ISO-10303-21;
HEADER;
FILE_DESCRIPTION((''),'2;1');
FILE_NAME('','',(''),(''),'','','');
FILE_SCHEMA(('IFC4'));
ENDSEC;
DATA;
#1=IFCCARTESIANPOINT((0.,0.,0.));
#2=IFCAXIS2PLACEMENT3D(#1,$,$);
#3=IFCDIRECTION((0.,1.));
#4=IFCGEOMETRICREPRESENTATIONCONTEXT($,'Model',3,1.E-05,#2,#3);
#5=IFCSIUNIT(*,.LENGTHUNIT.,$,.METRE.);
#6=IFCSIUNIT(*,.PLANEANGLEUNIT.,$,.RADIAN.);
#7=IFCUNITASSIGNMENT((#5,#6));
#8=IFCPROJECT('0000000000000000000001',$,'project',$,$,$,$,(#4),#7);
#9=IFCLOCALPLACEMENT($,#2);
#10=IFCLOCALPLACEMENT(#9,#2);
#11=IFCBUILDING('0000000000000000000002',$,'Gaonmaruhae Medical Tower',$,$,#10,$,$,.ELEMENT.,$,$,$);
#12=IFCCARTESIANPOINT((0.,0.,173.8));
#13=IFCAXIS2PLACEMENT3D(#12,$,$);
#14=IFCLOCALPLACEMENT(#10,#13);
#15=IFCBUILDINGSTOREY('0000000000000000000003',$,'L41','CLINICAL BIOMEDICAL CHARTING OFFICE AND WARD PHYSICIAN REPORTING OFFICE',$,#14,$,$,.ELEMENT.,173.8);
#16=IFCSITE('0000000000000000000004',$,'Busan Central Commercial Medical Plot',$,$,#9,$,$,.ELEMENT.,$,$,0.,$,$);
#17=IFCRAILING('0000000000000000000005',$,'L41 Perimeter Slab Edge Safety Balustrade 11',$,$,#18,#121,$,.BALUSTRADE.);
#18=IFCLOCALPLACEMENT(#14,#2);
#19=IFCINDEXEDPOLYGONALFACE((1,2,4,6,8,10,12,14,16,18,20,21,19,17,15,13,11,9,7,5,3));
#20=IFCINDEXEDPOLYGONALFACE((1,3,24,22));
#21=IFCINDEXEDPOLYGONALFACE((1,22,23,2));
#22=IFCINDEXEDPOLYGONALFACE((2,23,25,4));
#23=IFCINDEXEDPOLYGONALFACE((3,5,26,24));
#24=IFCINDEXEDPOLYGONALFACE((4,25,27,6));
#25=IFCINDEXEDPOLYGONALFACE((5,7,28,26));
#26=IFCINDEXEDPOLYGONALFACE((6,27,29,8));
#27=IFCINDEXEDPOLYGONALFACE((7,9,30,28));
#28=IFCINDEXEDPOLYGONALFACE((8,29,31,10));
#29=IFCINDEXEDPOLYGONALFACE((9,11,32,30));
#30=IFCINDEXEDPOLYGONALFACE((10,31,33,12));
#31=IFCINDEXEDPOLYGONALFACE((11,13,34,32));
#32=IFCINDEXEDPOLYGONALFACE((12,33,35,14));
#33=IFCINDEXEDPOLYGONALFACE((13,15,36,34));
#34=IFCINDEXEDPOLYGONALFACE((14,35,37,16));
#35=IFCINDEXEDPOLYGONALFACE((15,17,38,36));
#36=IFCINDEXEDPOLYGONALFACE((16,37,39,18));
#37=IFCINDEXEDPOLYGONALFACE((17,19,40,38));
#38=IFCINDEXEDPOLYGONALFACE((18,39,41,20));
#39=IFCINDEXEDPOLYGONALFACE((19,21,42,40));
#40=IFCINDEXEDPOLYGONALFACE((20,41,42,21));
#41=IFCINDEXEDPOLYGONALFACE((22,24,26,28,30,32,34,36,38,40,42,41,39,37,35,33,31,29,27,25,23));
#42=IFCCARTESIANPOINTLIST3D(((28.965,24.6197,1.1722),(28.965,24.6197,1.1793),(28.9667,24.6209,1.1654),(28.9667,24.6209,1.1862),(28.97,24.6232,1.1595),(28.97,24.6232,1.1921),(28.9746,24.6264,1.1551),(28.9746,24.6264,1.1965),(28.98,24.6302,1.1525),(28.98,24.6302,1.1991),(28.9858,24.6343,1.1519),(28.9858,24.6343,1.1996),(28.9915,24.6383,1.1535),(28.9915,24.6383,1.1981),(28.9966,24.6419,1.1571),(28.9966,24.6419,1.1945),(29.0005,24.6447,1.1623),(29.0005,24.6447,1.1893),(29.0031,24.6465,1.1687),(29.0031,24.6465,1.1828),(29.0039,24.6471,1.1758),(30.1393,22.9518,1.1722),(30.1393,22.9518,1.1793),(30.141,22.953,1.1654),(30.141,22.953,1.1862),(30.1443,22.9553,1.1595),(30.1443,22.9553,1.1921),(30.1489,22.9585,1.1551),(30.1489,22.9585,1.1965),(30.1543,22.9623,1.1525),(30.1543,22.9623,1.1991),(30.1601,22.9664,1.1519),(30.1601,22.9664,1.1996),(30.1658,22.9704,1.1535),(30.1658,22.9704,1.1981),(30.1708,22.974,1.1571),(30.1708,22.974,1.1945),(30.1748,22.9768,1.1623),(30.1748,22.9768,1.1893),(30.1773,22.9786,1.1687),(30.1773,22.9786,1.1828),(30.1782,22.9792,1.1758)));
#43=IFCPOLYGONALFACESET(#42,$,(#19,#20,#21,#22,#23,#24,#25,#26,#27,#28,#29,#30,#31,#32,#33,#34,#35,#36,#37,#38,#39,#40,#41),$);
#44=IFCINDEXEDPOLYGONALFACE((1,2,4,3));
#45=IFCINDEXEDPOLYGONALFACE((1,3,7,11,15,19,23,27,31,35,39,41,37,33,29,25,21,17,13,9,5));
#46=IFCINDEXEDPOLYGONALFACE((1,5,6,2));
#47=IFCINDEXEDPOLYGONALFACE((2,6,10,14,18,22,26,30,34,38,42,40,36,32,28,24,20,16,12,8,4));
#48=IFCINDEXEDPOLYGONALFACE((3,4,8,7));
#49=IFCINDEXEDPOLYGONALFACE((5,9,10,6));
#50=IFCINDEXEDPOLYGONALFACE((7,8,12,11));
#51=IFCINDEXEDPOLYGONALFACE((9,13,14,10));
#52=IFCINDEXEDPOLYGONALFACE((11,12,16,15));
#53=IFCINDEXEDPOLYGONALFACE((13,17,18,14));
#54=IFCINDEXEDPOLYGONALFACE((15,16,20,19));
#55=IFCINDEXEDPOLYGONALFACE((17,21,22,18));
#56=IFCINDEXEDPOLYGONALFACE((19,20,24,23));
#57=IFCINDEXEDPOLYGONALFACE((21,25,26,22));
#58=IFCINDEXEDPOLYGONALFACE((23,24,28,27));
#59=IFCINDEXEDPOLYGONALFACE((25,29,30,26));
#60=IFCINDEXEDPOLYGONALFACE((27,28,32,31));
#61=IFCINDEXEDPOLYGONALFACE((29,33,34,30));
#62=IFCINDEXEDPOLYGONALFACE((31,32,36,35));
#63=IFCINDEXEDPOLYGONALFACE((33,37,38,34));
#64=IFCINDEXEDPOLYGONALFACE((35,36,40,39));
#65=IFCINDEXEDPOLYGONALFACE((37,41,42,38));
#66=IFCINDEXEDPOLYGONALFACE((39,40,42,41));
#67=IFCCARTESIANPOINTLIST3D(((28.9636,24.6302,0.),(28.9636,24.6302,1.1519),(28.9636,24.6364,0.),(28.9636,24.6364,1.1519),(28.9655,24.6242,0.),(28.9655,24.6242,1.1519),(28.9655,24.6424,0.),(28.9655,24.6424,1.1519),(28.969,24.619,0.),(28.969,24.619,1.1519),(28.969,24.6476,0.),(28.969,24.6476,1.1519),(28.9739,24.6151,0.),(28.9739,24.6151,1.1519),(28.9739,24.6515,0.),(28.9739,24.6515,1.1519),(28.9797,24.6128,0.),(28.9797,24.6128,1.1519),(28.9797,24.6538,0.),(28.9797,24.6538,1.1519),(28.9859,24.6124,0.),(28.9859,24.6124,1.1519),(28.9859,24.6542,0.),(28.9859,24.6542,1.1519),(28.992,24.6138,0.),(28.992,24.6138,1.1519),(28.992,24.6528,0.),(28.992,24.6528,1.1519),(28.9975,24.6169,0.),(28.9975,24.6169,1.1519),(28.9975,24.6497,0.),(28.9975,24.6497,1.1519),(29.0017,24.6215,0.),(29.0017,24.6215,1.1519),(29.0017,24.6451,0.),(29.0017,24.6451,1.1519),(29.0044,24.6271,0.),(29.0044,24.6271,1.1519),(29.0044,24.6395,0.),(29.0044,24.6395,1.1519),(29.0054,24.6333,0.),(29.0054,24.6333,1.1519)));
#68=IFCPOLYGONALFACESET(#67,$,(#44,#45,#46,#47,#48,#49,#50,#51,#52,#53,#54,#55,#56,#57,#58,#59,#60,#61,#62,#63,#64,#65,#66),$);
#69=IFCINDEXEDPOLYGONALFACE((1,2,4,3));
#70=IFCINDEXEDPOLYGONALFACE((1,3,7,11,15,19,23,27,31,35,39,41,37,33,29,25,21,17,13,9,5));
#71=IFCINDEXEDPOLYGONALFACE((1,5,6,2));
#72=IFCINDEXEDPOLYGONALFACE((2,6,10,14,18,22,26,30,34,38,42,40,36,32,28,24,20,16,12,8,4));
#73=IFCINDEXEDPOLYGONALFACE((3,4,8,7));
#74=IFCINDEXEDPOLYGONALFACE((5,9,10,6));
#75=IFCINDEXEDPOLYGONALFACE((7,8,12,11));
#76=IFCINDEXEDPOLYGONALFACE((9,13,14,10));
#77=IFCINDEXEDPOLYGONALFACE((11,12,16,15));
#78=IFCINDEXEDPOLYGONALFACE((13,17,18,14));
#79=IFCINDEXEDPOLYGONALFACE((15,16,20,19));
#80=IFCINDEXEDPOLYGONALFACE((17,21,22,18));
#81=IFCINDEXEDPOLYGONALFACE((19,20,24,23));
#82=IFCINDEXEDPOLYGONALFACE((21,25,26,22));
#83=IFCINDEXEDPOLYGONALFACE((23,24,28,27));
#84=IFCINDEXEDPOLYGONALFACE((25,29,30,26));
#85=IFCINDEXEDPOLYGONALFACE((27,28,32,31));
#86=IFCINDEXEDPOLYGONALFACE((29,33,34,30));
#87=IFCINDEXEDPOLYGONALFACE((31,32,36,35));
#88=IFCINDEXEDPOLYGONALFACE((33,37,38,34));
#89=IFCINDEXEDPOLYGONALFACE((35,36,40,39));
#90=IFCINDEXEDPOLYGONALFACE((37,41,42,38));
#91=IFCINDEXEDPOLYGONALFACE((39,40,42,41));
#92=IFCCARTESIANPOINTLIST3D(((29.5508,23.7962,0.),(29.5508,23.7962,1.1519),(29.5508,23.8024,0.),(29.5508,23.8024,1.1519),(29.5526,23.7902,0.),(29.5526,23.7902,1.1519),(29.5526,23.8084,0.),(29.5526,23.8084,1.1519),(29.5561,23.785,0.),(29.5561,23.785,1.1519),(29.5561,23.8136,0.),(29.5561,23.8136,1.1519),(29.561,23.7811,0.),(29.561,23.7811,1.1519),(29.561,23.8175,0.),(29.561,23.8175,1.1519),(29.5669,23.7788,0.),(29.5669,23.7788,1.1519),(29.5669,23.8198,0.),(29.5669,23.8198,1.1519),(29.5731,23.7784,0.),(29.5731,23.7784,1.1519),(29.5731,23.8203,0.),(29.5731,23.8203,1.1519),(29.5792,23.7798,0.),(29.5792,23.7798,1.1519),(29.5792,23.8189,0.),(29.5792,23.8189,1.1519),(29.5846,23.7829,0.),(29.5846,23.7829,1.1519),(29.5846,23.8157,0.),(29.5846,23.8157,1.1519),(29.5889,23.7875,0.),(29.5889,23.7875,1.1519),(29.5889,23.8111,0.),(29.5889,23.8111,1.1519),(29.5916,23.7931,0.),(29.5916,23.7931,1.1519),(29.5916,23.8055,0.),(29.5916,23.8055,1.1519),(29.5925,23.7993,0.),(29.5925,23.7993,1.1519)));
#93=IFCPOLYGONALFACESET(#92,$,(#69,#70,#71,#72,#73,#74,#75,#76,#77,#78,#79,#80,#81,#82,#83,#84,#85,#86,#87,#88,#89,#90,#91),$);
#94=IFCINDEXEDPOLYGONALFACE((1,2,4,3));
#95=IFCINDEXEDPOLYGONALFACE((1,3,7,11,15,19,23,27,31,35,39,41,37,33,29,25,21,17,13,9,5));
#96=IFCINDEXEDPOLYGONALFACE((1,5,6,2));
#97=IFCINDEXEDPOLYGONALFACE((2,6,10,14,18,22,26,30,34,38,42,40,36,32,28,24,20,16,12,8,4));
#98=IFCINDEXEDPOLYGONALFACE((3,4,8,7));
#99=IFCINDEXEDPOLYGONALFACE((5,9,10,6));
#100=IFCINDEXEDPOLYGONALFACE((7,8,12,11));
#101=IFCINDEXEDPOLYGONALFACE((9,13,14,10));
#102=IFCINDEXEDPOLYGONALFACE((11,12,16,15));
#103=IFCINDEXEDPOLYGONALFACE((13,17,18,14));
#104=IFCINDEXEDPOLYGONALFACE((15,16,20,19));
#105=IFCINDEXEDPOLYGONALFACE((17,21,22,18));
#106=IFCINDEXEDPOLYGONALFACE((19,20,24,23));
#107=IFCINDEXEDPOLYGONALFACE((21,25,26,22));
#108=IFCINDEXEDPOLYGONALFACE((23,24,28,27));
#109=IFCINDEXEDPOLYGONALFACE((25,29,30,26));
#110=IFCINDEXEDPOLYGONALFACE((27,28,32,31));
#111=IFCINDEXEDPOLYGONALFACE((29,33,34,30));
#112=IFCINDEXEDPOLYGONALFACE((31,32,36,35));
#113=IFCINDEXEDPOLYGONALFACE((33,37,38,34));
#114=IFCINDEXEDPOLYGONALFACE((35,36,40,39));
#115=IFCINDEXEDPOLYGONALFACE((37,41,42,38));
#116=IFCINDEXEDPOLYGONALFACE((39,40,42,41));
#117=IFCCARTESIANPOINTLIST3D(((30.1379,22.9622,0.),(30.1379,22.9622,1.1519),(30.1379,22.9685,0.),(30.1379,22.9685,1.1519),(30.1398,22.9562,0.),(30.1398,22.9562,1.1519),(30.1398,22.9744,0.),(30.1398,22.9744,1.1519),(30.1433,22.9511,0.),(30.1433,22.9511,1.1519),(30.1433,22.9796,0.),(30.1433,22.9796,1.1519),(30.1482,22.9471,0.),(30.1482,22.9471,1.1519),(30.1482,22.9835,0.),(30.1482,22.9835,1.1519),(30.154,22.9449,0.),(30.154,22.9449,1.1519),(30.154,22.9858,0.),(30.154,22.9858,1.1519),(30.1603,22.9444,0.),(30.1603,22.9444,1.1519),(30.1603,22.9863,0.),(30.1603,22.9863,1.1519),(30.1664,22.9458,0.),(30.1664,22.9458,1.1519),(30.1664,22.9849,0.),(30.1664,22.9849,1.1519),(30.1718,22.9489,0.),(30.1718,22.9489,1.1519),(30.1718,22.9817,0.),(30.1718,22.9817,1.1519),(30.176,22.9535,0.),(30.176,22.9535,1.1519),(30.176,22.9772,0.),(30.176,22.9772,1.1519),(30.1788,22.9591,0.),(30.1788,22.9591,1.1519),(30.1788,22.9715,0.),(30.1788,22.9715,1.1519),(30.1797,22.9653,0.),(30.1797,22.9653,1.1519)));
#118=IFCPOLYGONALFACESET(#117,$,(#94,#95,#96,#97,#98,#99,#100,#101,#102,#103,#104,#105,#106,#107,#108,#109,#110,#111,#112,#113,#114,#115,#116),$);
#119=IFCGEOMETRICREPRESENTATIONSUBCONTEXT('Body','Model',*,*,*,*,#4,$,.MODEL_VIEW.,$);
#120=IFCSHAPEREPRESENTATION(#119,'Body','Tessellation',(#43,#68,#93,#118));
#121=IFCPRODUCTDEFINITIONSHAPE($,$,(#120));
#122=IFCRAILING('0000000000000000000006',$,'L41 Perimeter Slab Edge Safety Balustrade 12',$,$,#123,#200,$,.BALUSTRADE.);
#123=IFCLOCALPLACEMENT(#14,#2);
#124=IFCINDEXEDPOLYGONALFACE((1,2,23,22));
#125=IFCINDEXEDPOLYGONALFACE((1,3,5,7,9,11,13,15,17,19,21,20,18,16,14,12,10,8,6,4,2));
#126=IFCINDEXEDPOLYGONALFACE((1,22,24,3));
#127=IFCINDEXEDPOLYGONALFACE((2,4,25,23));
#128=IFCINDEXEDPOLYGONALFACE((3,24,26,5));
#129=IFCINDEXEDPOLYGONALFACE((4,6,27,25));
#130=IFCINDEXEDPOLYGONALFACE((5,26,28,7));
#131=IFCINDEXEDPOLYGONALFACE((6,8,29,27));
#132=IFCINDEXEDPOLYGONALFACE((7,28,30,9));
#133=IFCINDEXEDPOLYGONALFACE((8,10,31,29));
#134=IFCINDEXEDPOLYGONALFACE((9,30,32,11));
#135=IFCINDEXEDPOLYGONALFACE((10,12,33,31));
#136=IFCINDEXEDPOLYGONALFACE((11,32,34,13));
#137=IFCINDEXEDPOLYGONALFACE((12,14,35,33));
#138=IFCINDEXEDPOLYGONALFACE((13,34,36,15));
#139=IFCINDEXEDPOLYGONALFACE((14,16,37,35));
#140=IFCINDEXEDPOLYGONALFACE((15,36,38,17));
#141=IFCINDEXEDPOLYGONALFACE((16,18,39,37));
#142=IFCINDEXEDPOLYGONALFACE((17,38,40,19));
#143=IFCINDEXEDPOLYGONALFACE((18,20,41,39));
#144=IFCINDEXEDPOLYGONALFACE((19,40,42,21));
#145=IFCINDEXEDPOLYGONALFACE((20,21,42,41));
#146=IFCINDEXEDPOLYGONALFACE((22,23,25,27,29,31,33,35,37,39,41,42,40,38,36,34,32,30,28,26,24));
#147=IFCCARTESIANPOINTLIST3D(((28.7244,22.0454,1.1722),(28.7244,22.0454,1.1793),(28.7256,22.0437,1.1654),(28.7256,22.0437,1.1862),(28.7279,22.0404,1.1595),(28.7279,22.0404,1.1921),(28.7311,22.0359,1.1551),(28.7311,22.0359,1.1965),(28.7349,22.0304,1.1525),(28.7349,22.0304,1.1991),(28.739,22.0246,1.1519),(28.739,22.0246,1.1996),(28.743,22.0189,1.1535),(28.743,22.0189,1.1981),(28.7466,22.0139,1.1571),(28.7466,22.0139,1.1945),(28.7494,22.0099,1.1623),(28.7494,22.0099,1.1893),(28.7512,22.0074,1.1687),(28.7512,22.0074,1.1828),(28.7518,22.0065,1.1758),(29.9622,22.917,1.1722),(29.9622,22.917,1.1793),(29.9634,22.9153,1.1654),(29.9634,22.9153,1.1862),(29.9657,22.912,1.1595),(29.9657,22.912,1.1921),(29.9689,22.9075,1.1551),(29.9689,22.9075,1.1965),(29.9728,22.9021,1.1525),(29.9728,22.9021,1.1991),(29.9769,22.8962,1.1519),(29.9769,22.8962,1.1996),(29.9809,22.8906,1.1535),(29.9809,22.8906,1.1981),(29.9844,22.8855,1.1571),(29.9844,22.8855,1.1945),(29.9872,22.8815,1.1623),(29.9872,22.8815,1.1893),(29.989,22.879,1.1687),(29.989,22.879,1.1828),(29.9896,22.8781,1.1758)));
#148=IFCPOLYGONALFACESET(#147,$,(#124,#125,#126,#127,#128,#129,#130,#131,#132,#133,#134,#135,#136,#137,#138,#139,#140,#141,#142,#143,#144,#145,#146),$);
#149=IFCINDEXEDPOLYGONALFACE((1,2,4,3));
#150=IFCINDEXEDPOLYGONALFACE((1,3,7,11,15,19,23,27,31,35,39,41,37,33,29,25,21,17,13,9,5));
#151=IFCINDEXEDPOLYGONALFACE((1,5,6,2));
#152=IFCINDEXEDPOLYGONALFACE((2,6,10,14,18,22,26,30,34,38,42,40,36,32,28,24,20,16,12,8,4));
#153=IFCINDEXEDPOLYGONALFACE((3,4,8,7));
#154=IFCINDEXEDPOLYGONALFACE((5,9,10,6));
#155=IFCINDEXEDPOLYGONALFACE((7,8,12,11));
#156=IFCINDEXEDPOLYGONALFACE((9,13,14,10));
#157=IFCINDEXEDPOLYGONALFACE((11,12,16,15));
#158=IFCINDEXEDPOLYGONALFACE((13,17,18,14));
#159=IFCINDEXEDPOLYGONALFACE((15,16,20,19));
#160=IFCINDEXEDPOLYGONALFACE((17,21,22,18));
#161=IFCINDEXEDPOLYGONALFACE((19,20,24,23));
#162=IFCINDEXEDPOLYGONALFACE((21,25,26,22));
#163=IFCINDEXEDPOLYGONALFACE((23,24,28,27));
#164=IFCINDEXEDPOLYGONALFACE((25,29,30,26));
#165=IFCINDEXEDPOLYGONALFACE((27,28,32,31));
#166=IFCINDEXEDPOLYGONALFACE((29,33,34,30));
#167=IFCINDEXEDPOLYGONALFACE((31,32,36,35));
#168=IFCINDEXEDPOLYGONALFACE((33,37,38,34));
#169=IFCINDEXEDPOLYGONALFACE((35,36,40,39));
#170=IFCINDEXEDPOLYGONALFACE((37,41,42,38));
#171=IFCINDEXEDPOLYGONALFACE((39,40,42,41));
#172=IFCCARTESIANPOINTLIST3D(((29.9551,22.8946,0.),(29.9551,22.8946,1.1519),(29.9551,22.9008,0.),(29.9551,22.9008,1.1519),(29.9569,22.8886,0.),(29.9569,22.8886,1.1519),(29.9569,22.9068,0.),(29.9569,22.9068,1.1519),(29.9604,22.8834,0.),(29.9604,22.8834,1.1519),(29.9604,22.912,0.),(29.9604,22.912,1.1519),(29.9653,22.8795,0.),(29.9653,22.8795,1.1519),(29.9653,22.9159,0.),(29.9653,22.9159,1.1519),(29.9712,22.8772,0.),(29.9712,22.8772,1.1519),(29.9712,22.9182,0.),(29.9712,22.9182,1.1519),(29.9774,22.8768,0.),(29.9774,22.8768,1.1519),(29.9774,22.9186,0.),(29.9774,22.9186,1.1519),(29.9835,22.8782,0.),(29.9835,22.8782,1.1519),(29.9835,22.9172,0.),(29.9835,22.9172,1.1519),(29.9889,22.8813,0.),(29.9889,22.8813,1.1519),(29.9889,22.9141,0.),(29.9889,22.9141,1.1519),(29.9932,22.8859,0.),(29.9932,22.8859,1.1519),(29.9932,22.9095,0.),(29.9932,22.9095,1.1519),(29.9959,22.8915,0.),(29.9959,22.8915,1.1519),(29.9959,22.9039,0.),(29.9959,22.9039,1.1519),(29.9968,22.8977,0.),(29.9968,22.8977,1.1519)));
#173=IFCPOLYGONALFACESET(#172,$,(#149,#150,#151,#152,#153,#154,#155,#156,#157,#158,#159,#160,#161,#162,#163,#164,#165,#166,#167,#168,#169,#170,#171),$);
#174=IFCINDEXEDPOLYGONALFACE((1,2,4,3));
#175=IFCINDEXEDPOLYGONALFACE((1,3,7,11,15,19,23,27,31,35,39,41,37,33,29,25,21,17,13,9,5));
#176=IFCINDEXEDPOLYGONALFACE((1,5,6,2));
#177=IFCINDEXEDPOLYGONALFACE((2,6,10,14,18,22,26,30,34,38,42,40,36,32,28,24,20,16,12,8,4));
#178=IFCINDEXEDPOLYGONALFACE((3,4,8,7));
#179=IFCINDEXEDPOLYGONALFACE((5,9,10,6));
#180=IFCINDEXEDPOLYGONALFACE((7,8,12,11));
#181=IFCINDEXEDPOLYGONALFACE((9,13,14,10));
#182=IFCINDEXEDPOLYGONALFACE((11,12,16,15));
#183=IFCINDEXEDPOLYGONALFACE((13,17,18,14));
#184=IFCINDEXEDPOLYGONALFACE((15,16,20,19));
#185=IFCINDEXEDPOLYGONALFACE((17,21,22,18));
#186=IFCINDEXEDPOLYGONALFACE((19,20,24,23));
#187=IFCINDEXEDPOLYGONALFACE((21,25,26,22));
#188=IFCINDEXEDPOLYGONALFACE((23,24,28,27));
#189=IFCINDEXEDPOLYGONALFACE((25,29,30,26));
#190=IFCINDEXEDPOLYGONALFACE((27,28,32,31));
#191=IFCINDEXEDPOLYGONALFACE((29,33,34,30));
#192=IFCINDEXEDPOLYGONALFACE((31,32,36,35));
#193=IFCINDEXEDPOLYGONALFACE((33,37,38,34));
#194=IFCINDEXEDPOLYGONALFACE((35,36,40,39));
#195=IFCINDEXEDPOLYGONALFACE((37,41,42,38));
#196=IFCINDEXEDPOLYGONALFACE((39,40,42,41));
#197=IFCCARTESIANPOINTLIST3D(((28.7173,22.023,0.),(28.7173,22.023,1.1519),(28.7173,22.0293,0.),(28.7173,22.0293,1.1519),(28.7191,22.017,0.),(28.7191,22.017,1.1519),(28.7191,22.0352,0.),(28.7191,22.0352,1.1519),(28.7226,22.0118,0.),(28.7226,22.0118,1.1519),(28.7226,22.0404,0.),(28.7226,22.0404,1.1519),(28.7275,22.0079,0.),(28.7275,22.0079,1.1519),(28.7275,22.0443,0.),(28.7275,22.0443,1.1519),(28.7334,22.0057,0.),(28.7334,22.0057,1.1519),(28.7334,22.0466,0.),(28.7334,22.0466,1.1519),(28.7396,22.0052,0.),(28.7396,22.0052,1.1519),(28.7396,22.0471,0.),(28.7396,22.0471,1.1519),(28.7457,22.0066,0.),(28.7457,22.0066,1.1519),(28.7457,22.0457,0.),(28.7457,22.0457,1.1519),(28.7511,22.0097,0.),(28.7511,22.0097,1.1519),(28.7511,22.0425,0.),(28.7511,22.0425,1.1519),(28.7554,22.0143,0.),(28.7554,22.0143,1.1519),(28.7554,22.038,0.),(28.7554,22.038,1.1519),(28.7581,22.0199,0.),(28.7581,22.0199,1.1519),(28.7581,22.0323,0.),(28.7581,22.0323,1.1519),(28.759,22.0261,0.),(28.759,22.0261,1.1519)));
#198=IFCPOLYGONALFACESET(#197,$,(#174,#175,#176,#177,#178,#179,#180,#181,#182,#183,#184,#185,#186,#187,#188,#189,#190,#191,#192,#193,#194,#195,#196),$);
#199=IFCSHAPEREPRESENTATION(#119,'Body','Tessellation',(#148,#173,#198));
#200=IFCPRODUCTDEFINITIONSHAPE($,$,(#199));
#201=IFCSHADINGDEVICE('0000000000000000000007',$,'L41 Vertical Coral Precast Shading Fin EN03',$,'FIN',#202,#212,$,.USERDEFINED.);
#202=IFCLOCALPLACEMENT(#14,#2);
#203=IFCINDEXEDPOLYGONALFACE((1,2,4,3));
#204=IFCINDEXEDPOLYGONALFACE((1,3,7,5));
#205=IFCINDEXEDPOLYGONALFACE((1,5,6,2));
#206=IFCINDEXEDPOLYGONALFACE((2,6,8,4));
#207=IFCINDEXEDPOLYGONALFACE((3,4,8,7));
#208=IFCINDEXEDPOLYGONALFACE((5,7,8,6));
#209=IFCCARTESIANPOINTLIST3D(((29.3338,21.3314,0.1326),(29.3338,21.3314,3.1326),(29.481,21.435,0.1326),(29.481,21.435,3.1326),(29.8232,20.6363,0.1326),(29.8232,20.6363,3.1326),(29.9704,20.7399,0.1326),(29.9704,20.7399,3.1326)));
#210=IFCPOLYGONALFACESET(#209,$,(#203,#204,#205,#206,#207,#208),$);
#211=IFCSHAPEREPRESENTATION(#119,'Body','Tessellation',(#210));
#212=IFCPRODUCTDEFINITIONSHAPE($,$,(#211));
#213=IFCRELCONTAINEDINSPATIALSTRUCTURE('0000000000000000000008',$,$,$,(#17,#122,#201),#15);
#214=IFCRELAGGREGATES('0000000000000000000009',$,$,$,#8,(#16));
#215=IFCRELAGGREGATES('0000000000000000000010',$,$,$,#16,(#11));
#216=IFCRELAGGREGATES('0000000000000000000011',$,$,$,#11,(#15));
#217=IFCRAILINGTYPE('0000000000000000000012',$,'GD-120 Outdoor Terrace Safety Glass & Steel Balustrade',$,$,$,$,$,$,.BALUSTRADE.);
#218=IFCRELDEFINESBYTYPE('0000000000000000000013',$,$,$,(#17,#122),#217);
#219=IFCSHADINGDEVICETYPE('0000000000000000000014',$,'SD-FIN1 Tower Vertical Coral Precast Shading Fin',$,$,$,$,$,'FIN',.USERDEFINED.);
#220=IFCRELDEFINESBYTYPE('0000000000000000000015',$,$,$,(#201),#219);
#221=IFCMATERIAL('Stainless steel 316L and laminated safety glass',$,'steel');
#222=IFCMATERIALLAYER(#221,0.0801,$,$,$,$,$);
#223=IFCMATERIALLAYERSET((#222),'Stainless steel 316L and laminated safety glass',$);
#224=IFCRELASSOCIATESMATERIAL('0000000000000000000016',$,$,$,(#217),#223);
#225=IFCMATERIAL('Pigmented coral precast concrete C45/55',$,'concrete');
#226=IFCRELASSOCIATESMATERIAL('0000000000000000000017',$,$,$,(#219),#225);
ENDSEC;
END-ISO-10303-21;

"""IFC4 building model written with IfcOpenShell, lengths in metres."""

from ifc_helpers import new_model, si_unit, direction, frame, origin, origin_2d, place, context, subcontext, project, spatial, rectangle, circle, extrude, material, layer, layer_set, type_object, element, save


model = new_model("IFC4")

# Units and contexts
model_context = context("Model", 3, precision=1e-05, world=origin(), true_north=direction((0.0, 1.0)))
body_context = subcontext(model_context, "Body", "Model", "MODEL_VIEW")
ifc_project = project(units=[si_unit("LENGTHUNIT", "METRE"), si_unit("PLANEANGLEUNIT", "RADIAN")], contexts=[model_context])

# Site, building, storey
site_placement = place(None, origin())
site = spatial("IfcSite", under=ifc_project, at=site_placement, Name="Busan Central Commercial Medical Plot", CompositionType="ELEMENT", RefElevation=0.0)
building_placement = place(site_placement, origin())
building = spatial("IfcBuilding", under=site, at=building_placement, Name="Gaonmaruhae Medical Tower", CompositionType="ELEMENT")
storey_placement = place(building_placement, frame((0.0, 0.0, 173.8)))
storey = spatial("IfcBuildingStorey", under=building, at=storey_placement, Name="L41", Description="CLINICAL BIOMEDICAL CHARTING OFFICE AND WARD PHYSICIAN REPORTING OFFICE", CompositionType="ELEMENT", Elevation=173.8)

# Railings
ifc_material_1 = material(Name="Stainless steel 316L and laminated safety glass", Category="steel")
ifc_layer_1 = layer(ifc_material_1, 0.0801)
ifc_layer_set_1 = layer_set([ifc_layer_1], Name="Stainless steel 316L and laminated safety glass")
railing_type = type_object("IfcRailingType", Name="GD-120 Outdoor Terrace Safety Glass & Steel Balustrade", PredefinedType="BALUSTRADE", material=ifc_layer_set_1)
railing_1_placement = place(storey_placement, frame((28.9844, 24.6333, 0.0)))
element("IfcRailing", 1, at=railing_1_placement, inside=storey, type_object=railing_type, Name="L41 Perimeter Slab Edge Safety Balustrade 11", PredefinedType="BALUSTRADE", context=body_context, shape_type="SweptSolid", body=[
    extrude(circle(Radius=0.0239, at=origin_2d()), frame((0.0, 0.0, 1.1758), z_axis=(0.575677, -0.817677, 0.0), x_axis=(0.817677, 0.575677, 0.0)), (0.0, 0.0, 1.0), 2.0398),
    extrude(circle(Radius=0.021, at=origin_2d()), origin(), (0.0, 0.0, 1.0), 1.1519),
    extrude(circle(Radius=0.021, at=origin_2d()), frame((0.5872, -0.834, 0.0)), (0.0, 0.0, 1.0), 1.1519),
    extrude(circle(Radius=0.021, at=origin_2d()), frame((1.1743, -1.668, 0.0)), (0.0, 0.0, 1.0), 1.1519),
])
railing_2_placement = place(storey_placement, frame((29.9758, 22.8977, 0.0)))
element("IfcRailing", 2, at=railing_2_placement, inside=storey, type_object=railing_type, Name="L41 Perimeter Slab Edge Safety Balustrade 12", PredefinedType="BALUSTRADE", context=body_context, shape_type="SweptSolid", body=[
    extrude(circle(Radius=0.0239, at=origin_2d()), frame((0.0, 0.0, 1.1758), z_axis=(-0.817638, -0.575733, 0.0), x_axis=(0.575733, -0.817638, 0.0)), (0.0, 0.0, 1.0), 1.5139),
    extrude(circle(Radius=0.021, at=origin_2d()), origin(), (0.0, 0.0, 1.0), 1.1519),
    extrude(circle(Radius=0.021, at=origin_2d()), frame((-1.2378, -0.8716, 0.0)), (0.0, 0.0, 1.0), 1.1519),
])

# Shading device
ifc_material_2 = material(Name="Pigmented coral precast concrete C45/55", Category="concrete")
shading_device_type = type_object("IfcShadingDeviceType", Name="SD-FIN1 Tower Vertical Coral Precast Shading Fin", ElementType="FIN", PredefinedType="USERDEFINED", material=ifc_material_2)
for number, where, z_axis, x_axis, name in (
    (3, (29.6521, 21.0356, 0.1326), (0.0, 0.0, 1.0), (0.817648, 0.575719, 0.0), "L41 Vertical Coral Precast Shading Fin EN03"),
):
    element("IfcShadingDevice", number, at=place(storey_placement, frame(where, z_axis=z_axis, x_axis=x_axis)), inside=storey, type_object=shading_device_type, Name=name, ObjectType="FIN", PredefinedType="USERDEFINED", context=body_context, shape_type="SweptSolid", body=[
        extrude(rectangle(XDim=0.1799, YDim=0.8501, at=origin_2d()), origin(), (0.0, 0.0, 1.0), 3.0),
    ])

save(model, "model.ifc")
